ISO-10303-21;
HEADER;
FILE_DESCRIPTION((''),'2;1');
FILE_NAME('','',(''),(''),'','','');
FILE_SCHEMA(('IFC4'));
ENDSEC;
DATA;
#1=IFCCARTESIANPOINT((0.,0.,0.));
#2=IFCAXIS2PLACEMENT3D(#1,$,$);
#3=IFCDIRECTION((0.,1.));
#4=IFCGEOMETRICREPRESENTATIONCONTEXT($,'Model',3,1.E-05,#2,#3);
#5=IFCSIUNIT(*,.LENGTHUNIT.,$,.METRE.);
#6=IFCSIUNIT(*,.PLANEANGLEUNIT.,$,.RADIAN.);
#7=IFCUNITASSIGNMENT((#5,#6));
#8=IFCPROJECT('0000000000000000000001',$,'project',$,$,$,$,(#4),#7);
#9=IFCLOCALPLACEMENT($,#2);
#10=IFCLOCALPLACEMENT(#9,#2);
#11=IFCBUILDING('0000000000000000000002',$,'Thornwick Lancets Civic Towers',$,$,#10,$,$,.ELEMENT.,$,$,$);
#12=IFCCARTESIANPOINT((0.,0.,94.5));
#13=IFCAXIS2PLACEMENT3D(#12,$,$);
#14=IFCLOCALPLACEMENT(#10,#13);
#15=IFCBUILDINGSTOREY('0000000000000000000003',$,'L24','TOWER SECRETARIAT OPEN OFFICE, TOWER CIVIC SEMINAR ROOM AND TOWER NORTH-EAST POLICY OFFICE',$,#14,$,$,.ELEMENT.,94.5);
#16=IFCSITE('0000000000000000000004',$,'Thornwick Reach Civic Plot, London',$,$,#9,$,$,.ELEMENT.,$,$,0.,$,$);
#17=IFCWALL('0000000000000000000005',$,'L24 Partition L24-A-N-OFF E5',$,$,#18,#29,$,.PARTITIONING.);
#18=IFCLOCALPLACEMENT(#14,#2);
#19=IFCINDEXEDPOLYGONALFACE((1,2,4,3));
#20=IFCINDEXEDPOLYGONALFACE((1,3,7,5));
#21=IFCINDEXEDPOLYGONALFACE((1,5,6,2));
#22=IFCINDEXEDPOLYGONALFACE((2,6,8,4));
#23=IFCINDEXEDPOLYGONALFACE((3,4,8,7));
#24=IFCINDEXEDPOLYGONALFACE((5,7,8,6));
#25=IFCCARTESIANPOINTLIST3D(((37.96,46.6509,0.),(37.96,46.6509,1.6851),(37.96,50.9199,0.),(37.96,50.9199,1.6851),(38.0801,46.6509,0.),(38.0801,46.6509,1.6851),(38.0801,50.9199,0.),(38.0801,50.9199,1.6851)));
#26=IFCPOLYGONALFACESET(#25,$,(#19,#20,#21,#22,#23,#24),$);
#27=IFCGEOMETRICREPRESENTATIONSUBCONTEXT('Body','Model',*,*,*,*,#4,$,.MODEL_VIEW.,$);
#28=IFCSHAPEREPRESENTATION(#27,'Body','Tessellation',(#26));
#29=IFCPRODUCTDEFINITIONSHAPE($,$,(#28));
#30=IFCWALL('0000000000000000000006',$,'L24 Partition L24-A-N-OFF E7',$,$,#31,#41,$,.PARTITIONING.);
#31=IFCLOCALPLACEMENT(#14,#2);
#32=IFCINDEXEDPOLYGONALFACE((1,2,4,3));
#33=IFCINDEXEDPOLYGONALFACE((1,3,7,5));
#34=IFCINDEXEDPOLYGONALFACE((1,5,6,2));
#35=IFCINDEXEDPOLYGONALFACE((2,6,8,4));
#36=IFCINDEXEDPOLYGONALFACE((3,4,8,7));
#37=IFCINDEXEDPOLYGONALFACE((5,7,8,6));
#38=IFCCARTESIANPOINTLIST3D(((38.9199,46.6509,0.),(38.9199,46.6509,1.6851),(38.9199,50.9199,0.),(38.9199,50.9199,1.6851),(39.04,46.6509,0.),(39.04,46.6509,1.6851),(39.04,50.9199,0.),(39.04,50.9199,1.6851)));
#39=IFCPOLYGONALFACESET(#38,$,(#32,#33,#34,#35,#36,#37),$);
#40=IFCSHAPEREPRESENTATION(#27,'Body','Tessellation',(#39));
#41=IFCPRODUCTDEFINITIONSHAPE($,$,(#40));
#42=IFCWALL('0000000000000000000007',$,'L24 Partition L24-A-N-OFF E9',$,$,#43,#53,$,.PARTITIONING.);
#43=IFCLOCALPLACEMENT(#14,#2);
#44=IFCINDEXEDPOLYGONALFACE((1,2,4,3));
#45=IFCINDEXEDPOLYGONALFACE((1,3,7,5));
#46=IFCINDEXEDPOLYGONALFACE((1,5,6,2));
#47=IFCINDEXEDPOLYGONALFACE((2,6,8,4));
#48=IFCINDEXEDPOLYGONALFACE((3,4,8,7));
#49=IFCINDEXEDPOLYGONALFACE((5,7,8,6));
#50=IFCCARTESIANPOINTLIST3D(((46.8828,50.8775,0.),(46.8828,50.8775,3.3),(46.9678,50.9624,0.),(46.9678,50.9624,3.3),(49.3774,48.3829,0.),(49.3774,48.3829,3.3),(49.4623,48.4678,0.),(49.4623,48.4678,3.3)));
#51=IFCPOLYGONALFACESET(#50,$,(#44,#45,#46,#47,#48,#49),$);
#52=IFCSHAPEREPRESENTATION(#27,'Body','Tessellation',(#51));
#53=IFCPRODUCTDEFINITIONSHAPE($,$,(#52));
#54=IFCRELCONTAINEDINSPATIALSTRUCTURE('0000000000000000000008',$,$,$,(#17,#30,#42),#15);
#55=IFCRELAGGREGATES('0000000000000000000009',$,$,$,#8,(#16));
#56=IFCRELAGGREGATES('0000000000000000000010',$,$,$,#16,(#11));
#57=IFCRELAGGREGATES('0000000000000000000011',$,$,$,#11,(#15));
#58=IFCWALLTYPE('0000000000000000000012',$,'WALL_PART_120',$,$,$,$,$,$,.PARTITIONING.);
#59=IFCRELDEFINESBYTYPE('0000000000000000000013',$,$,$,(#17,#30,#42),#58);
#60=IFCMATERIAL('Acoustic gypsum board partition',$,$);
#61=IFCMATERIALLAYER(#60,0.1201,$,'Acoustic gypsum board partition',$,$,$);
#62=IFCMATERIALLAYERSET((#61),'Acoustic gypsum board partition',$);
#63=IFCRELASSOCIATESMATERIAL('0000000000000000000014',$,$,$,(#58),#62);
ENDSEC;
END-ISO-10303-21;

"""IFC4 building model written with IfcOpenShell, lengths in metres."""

from ifc_helpers import new_model, si_unit, direction, frame, frame_2d, origin, place, context, subcontext, project, spatial, rectangle, extrude, material, layer, layer_set, type_object, element, save


model = new_model("IFC4")

# Units and contexts
model_context = context("Model", 3, precision=1e-05, world=origin(), true_north=direction((0.0, 1.0)))
body_context = subcontext(model_context, "Body", "Model", "MODEL_VIEW")
ifc_project = project(units=[si_unit("LENGTHUNIT", "METRE"), si_unit("PLANEANGLEUNIT", "RADIAN")], contexts=[model_context])

# Site, building, storey
site_placement = place(None, origin())
site = spatial("IfcSite", under=ifc_project, at=site_placement, Name="Thornwick Reach Civic Plot, London", CompositionType="ELEMENT", RefElevation=0.0)
building_placement = place(site_placement, origin())
building = spatial("IfcBuilding", under=site, at=building_placement, Name="Thornwick Lancets Civic Towers", CompositionType="ELEMENT")
storey_placement = place(building_placement, frame((0.0, 0.0, 94.5)))
storey = spatial("IfcBuildingStorey", under=building, at=storey_placement, Name="L24", Description="TOWER SECRETARIAT OPEN OFFICE, TOWER CIVIC SEMINAR ROOM AND TOWER NORTH-EAST POLICY OFFICE", CompositionType="ELEMENT", Elevation=94.5)

# Shared definitions
ifc_material_1 = material(Name="Acoustic gypsum board partition")
ifc_layer_1 = layer(ifc_material_1, 0.1201, Name="Acoustic gypsum board partition")
ifc_layer_set_1 = layer_set([ifc_layer_1], Name="Acoustic gypsum board partition")
wall_type_1 = type_object("IfcWallType", Name="WALL_PART_120", PredefinedType="PARTITIONING", material=ifc_layer_set_1)

# Walls
for number, where, z_axis, x_axis, name in (
    (1, (38.02, 50.9199, 0.0), (0.0, 0.0, 1.0), (0.0, -1.0, 0.0), "L24 Partition L24-A-N-OFF E5"),
    (2, (38.98, 46.6509, 0.0), (0.0, 0.0, 1.0), (0.0, 1.0, 0.0), "L24 Partition L24-A-N-OFF E7"),
):
    element("IfcWall", number, at=place(storey_placement, frame(where, z_axis=z_axis, x_axis=x_axis)), inside=storey, type_object=wall_type_1, Name=name, PredefinedType="PARTITIONING", context=body_context, shape_type="SweptSolid", body=[
        extrude(rectangle(XDim=4.269, YDim=0.1201, at=frame_2d((2.1345, 0.0))), origin(), (0.0, 0.0, 1.0), 1.6851),
    ])
wall_1_placement = place(storey_placement, frame((46.9253, 50.9199, 0.0), z_axis=(0.0, 0.0, 1.0), x_axis=(0.707107, -0.707107, 0.0)))
element("IfcWall", 3, at=wall_1_placement, inside=storey, type_object=wall_type_1, Name="L24 Partition L24-A-N-OFF E9", PredefinedType="PARTITIONING", context=body_context, shape_type="SweptSolid", body=[
    extrude(rectangle(XDim=3.5278, YDim=0.1201, at=frame_2d((1.7639, 0.0))), origin(), (0.0, 0.0, 1.0), 3.3),
])

save(model, "model.ifc")
